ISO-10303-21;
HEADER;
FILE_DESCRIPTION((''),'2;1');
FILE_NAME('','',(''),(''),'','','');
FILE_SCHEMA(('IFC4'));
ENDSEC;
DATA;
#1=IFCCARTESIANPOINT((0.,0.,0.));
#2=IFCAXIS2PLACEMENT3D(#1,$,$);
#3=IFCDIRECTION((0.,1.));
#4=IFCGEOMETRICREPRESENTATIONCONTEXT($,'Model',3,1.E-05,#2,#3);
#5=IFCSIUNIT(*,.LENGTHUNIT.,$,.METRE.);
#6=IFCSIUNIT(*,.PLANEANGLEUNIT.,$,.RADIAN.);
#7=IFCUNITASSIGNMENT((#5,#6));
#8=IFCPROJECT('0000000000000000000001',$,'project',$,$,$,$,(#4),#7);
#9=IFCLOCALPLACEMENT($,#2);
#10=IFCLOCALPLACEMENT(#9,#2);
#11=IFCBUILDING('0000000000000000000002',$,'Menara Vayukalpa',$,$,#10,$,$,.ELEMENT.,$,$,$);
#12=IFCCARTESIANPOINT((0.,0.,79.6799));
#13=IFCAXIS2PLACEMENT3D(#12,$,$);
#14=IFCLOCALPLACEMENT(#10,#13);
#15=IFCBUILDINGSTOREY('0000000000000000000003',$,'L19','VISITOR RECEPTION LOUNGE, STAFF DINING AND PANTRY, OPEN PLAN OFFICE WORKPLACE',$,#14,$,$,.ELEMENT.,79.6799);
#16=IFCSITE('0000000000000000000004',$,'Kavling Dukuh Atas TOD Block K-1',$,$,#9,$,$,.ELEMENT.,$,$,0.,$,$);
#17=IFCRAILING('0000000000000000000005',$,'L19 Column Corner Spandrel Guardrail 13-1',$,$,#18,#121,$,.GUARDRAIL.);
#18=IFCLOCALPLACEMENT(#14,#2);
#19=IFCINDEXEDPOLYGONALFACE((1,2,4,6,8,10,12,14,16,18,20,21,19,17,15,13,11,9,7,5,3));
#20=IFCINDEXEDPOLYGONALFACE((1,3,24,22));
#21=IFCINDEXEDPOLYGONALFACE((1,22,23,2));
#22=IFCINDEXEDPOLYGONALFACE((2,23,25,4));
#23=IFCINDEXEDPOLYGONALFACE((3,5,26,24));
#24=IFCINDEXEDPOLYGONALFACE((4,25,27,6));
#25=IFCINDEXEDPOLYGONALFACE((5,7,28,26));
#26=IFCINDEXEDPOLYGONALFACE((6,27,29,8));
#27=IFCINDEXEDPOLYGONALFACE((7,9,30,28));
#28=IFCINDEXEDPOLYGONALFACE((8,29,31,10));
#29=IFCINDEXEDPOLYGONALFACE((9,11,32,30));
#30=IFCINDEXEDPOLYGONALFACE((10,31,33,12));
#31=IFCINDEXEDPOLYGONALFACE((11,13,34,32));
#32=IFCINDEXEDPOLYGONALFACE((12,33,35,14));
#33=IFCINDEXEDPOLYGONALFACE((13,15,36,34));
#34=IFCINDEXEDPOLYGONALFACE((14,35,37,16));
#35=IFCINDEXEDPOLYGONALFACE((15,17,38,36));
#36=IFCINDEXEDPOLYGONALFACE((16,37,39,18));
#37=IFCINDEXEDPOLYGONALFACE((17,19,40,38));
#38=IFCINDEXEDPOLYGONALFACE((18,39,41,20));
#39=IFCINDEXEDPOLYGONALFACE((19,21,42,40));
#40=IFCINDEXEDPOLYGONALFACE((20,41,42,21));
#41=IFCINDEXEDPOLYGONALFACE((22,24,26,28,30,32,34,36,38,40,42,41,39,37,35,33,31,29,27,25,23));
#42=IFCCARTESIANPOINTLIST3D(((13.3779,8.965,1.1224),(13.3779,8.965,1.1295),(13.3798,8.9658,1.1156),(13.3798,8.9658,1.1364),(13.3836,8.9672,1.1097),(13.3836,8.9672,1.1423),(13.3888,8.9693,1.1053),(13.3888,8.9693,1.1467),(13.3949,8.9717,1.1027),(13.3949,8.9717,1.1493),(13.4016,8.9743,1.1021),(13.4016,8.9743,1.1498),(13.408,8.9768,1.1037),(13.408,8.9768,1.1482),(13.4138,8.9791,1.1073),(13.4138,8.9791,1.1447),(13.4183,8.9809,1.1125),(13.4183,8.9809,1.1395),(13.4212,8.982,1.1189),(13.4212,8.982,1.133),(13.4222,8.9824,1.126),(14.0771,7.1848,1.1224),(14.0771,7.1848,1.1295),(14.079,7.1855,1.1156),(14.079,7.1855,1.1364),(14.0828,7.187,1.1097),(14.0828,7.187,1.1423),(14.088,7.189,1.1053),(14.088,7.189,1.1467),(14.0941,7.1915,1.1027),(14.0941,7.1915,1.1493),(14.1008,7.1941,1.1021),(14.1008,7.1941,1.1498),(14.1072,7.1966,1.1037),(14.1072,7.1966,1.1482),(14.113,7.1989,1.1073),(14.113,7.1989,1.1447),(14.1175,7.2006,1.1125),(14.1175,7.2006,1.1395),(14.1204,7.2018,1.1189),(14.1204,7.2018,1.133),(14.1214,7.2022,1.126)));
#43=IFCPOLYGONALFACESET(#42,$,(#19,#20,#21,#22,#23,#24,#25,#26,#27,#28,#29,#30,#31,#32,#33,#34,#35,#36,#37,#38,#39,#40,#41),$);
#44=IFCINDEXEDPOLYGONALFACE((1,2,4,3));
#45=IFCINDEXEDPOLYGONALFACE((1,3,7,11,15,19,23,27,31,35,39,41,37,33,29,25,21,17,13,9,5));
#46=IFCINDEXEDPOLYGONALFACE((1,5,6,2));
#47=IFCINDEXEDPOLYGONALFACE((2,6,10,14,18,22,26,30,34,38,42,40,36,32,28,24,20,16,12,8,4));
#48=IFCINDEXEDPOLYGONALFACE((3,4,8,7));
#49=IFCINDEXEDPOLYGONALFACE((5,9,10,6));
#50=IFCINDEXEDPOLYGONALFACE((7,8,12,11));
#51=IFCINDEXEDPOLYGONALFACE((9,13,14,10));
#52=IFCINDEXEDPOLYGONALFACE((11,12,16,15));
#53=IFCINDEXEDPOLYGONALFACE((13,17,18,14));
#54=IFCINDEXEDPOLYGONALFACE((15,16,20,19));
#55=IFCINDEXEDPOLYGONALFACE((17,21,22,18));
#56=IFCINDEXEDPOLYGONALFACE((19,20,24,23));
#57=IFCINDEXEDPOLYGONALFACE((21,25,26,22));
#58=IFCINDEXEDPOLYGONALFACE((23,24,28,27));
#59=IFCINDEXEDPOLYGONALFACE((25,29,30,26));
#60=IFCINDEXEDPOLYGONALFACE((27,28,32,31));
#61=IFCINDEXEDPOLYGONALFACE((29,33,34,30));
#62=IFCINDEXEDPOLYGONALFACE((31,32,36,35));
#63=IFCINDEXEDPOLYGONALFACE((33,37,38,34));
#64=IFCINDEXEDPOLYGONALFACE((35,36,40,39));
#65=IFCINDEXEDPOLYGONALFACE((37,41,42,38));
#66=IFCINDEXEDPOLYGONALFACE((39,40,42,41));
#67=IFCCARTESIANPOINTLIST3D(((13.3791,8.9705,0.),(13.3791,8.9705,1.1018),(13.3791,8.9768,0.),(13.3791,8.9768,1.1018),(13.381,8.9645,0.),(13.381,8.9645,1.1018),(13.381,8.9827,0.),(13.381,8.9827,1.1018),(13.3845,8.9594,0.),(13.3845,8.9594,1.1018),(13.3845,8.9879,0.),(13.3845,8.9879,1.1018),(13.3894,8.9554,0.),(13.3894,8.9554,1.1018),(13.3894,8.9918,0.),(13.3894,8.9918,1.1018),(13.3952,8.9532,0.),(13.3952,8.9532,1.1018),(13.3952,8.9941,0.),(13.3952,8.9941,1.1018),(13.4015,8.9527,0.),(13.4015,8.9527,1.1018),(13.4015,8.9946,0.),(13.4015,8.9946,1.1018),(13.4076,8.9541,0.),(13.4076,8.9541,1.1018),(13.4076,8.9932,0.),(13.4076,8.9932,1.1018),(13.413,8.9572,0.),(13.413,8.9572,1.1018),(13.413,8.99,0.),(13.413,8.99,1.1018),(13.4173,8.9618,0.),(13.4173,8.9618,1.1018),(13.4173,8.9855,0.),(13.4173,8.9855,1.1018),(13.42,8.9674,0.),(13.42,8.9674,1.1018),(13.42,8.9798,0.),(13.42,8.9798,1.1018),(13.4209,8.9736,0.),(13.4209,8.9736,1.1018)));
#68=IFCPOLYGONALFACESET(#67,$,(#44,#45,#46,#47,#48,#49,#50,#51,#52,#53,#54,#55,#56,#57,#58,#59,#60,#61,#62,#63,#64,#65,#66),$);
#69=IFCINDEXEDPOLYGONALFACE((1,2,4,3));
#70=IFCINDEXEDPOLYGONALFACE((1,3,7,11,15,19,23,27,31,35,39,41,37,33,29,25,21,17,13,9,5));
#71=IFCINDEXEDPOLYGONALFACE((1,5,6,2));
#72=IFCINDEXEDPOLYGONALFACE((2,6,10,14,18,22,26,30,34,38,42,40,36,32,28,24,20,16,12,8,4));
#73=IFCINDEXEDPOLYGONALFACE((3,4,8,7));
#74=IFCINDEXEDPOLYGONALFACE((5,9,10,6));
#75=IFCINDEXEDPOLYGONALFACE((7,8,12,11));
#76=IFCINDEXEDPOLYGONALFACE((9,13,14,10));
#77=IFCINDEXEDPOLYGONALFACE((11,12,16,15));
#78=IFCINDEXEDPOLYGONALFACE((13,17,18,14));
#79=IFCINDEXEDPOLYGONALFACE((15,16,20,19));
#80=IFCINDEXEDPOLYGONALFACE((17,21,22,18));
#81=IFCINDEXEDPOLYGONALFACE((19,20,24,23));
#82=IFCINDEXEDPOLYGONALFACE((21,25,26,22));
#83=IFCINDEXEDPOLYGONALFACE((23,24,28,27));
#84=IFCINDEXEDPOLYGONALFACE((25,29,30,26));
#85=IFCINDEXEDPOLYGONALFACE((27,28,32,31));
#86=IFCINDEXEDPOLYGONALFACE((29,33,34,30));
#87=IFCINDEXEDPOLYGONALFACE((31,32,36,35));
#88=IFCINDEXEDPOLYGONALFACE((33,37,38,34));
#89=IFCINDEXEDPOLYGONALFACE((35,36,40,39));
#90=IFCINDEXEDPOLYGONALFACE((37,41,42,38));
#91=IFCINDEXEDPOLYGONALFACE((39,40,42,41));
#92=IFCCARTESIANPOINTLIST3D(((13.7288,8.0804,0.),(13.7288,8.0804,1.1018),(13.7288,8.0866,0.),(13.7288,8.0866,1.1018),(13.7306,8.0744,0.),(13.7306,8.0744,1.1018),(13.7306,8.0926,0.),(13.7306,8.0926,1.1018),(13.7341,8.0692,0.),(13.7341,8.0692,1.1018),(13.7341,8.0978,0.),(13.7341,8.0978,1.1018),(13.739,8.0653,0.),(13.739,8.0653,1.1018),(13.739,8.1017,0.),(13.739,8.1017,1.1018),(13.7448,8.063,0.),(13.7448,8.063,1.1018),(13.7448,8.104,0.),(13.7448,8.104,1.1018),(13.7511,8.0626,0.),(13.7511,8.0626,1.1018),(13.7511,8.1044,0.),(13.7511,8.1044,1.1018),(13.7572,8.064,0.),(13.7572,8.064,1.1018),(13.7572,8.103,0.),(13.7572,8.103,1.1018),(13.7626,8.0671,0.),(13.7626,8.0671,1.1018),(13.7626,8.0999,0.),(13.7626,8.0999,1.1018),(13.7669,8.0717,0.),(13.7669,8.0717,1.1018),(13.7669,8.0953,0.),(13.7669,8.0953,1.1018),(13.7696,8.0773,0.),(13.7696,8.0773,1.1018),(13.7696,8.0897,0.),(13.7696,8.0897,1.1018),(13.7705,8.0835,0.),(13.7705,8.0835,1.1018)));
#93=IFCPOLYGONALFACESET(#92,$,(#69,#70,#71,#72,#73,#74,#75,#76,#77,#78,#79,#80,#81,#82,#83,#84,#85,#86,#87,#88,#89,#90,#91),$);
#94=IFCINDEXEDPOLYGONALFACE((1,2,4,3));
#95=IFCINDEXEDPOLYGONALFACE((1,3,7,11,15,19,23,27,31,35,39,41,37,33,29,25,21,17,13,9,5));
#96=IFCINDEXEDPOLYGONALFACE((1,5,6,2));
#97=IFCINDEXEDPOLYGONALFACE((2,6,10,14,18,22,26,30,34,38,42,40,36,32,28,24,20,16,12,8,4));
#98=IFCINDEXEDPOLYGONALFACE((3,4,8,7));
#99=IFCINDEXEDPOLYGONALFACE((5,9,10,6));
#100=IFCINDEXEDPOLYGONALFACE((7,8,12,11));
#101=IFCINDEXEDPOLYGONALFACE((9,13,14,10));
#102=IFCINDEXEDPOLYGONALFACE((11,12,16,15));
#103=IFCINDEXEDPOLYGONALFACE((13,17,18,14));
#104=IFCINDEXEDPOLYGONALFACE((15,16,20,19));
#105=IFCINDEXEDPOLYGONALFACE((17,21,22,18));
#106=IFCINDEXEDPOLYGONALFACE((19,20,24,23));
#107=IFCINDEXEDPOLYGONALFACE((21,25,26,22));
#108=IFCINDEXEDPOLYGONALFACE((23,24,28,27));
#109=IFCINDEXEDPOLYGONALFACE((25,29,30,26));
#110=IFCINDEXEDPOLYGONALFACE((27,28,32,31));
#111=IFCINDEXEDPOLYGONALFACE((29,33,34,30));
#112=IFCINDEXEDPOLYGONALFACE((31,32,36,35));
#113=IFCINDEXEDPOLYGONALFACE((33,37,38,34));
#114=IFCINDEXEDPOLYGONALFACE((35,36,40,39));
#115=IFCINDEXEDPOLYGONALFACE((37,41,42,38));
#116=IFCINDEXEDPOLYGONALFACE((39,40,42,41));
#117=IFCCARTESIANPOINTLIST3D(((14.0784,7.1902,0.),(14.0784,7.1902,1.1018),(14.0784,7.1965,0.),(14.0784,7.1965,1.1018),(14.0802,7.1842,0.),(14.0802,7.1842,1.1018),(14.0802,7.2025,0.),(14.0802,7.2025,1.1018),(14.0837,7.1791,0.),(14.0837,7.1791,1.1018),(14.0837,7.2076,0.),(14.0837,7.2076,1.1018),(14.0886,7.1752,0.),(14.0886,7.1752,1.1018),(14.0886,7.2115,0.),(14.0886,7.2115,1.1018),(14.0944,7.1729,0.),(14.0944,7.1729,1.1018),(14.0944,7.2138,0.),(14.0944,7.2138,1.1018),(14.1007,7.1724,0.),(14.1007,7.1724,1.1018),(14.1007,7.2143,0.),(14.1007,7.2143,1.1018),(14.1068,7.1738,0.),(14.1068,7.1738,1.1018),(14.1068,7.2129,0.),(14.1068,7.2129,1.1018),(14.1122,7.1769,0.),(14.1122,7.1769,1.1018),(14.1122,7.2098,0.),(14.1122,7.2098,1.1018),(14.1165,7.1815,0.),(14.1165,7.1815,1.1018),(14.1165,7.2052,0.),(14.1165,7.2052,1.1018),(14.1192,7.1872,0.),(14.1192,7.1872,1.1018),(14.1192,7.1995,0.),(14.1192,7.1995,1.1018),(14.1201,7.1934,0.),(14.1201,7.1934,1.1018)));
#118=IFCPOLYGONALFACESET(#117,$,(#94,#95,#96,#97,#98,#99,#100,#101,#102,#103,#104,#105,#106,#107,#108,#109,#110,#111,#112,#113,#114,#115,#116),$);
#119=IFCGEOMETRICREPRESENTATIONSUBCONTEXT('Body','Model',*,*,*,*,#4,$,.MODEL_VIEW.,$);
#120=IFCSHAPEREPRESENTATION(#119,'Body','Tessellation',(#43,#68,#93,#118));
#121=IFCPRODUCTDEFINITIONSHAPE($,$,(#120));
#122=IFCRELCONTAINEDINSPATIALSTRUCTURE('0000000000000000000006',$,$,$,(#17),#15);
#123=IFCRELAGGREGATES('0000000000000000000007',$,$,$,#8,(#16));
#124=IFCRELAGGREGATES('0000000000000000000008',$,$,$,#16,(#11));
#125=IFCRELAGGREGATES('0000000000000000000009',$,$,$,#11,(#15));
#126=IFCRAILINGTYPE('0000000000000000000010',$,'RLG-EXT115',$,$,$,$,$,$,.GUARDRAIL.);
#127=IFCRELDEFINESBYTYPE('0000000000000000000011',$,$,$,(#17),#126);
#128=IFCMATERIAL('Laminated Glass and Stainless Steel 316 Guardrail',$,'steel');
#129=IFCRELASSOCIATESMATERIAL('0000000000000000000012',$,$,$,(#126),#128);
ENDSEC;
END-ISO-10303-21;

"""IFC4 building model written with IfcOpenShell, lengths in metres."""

from ifc_helpers import new_model, si_unit, direction, frame, origin, origin_2d, place, context, subcontext, project, spatial, circle, extrude, material, type_object, element, save


model = new_model("IFC4")

# Units and contexts
model_context = context("Model", 3, precision=1e-05, world=origin(), true_north=direction((0.0, 1.0)))
body_context = subcontext(model_context, "Body", "Model", "MODEL_VIEW")
ifc_project = project(units=[si_unit("LENGTHUNIT", "METRE"), si_unit("PLANEANGLEUNIT", "RADIAN")], contexts=[model_context])

# Site, building, storey
site_placement = place(None, origin())
site = spatial("IfcSite", under=ifc_project, at=site_placement, Name="Kavling Dukuh Atas TOD Block K-1", CompositionType="ELEMENT", RefElevation=0.0)
building_placement = place(site_placement, origin())
building = spatial("IfcBuilding", under=site, at=building_placement, Name="Menara Vayukalpa", CompositionType="ELEMENT")
storey_placement = place(building_placement, frame((0.0, 0.0, 79.6799)))
storey = spatial("IfcBuildingStorey", under=building, at=storey_placement, Name="L19", Description="VISITOR RECEPTION LOUNGE, STAFF DINING AND PANTRY, OPEN PLAN OFFICE WORKPLACE", CompositionType="ELEMENT", Elevation=79.6799)

# Railing
ifc_material_1 = material(Name="Laminated Glass and Stainless Steel 316 Guardrail", Category="steel")
railing_type = type_object("IfcRailingType", Name="RLG-EXT115", PredefinedType="GUARDRAIL", material=ifc_material_1)
railing_1_placement = place(storey_placement, frame((13.3999, 8.9736, 0.0)))
element("IfcRailing", 1, at=railing_1_placement, inside=storey, type_object=railing_type, Name="L19 Column Corner Spandrel Guardrail 13-1", PredefinedType="GUARDRAIL", context=body_context, shape_type="SweptSolid", body=[
    extrude(circle(Radius=0.0239, at=origin_2d()), frame((0.0, 0.0, 1.126), z_axis=(0.365573, -0.930783, 0.0), x_axis=(0.930783, 0.365573, 0.0)), (0.0, 0.0, 1.0), 1.9126),
    extrude(circle(Radius=0.021, at=origin_2d()), origin(), (0.0, 0.0, 1.0), 1.1018),
    extrude(circle(Radius=0.021, at=origin_2d()), frame((0.3496, -0.8901, 0.0)), (0.0, 0.0, 1.0), 1.1018),
    extrude(circle(Radius=0.021, at=origin_2d()), frame((0.6992, -1.7803, 0.0)), (0.0, 0.0, 1.0), 1.1018),
])

save(model, "model.ifc")
